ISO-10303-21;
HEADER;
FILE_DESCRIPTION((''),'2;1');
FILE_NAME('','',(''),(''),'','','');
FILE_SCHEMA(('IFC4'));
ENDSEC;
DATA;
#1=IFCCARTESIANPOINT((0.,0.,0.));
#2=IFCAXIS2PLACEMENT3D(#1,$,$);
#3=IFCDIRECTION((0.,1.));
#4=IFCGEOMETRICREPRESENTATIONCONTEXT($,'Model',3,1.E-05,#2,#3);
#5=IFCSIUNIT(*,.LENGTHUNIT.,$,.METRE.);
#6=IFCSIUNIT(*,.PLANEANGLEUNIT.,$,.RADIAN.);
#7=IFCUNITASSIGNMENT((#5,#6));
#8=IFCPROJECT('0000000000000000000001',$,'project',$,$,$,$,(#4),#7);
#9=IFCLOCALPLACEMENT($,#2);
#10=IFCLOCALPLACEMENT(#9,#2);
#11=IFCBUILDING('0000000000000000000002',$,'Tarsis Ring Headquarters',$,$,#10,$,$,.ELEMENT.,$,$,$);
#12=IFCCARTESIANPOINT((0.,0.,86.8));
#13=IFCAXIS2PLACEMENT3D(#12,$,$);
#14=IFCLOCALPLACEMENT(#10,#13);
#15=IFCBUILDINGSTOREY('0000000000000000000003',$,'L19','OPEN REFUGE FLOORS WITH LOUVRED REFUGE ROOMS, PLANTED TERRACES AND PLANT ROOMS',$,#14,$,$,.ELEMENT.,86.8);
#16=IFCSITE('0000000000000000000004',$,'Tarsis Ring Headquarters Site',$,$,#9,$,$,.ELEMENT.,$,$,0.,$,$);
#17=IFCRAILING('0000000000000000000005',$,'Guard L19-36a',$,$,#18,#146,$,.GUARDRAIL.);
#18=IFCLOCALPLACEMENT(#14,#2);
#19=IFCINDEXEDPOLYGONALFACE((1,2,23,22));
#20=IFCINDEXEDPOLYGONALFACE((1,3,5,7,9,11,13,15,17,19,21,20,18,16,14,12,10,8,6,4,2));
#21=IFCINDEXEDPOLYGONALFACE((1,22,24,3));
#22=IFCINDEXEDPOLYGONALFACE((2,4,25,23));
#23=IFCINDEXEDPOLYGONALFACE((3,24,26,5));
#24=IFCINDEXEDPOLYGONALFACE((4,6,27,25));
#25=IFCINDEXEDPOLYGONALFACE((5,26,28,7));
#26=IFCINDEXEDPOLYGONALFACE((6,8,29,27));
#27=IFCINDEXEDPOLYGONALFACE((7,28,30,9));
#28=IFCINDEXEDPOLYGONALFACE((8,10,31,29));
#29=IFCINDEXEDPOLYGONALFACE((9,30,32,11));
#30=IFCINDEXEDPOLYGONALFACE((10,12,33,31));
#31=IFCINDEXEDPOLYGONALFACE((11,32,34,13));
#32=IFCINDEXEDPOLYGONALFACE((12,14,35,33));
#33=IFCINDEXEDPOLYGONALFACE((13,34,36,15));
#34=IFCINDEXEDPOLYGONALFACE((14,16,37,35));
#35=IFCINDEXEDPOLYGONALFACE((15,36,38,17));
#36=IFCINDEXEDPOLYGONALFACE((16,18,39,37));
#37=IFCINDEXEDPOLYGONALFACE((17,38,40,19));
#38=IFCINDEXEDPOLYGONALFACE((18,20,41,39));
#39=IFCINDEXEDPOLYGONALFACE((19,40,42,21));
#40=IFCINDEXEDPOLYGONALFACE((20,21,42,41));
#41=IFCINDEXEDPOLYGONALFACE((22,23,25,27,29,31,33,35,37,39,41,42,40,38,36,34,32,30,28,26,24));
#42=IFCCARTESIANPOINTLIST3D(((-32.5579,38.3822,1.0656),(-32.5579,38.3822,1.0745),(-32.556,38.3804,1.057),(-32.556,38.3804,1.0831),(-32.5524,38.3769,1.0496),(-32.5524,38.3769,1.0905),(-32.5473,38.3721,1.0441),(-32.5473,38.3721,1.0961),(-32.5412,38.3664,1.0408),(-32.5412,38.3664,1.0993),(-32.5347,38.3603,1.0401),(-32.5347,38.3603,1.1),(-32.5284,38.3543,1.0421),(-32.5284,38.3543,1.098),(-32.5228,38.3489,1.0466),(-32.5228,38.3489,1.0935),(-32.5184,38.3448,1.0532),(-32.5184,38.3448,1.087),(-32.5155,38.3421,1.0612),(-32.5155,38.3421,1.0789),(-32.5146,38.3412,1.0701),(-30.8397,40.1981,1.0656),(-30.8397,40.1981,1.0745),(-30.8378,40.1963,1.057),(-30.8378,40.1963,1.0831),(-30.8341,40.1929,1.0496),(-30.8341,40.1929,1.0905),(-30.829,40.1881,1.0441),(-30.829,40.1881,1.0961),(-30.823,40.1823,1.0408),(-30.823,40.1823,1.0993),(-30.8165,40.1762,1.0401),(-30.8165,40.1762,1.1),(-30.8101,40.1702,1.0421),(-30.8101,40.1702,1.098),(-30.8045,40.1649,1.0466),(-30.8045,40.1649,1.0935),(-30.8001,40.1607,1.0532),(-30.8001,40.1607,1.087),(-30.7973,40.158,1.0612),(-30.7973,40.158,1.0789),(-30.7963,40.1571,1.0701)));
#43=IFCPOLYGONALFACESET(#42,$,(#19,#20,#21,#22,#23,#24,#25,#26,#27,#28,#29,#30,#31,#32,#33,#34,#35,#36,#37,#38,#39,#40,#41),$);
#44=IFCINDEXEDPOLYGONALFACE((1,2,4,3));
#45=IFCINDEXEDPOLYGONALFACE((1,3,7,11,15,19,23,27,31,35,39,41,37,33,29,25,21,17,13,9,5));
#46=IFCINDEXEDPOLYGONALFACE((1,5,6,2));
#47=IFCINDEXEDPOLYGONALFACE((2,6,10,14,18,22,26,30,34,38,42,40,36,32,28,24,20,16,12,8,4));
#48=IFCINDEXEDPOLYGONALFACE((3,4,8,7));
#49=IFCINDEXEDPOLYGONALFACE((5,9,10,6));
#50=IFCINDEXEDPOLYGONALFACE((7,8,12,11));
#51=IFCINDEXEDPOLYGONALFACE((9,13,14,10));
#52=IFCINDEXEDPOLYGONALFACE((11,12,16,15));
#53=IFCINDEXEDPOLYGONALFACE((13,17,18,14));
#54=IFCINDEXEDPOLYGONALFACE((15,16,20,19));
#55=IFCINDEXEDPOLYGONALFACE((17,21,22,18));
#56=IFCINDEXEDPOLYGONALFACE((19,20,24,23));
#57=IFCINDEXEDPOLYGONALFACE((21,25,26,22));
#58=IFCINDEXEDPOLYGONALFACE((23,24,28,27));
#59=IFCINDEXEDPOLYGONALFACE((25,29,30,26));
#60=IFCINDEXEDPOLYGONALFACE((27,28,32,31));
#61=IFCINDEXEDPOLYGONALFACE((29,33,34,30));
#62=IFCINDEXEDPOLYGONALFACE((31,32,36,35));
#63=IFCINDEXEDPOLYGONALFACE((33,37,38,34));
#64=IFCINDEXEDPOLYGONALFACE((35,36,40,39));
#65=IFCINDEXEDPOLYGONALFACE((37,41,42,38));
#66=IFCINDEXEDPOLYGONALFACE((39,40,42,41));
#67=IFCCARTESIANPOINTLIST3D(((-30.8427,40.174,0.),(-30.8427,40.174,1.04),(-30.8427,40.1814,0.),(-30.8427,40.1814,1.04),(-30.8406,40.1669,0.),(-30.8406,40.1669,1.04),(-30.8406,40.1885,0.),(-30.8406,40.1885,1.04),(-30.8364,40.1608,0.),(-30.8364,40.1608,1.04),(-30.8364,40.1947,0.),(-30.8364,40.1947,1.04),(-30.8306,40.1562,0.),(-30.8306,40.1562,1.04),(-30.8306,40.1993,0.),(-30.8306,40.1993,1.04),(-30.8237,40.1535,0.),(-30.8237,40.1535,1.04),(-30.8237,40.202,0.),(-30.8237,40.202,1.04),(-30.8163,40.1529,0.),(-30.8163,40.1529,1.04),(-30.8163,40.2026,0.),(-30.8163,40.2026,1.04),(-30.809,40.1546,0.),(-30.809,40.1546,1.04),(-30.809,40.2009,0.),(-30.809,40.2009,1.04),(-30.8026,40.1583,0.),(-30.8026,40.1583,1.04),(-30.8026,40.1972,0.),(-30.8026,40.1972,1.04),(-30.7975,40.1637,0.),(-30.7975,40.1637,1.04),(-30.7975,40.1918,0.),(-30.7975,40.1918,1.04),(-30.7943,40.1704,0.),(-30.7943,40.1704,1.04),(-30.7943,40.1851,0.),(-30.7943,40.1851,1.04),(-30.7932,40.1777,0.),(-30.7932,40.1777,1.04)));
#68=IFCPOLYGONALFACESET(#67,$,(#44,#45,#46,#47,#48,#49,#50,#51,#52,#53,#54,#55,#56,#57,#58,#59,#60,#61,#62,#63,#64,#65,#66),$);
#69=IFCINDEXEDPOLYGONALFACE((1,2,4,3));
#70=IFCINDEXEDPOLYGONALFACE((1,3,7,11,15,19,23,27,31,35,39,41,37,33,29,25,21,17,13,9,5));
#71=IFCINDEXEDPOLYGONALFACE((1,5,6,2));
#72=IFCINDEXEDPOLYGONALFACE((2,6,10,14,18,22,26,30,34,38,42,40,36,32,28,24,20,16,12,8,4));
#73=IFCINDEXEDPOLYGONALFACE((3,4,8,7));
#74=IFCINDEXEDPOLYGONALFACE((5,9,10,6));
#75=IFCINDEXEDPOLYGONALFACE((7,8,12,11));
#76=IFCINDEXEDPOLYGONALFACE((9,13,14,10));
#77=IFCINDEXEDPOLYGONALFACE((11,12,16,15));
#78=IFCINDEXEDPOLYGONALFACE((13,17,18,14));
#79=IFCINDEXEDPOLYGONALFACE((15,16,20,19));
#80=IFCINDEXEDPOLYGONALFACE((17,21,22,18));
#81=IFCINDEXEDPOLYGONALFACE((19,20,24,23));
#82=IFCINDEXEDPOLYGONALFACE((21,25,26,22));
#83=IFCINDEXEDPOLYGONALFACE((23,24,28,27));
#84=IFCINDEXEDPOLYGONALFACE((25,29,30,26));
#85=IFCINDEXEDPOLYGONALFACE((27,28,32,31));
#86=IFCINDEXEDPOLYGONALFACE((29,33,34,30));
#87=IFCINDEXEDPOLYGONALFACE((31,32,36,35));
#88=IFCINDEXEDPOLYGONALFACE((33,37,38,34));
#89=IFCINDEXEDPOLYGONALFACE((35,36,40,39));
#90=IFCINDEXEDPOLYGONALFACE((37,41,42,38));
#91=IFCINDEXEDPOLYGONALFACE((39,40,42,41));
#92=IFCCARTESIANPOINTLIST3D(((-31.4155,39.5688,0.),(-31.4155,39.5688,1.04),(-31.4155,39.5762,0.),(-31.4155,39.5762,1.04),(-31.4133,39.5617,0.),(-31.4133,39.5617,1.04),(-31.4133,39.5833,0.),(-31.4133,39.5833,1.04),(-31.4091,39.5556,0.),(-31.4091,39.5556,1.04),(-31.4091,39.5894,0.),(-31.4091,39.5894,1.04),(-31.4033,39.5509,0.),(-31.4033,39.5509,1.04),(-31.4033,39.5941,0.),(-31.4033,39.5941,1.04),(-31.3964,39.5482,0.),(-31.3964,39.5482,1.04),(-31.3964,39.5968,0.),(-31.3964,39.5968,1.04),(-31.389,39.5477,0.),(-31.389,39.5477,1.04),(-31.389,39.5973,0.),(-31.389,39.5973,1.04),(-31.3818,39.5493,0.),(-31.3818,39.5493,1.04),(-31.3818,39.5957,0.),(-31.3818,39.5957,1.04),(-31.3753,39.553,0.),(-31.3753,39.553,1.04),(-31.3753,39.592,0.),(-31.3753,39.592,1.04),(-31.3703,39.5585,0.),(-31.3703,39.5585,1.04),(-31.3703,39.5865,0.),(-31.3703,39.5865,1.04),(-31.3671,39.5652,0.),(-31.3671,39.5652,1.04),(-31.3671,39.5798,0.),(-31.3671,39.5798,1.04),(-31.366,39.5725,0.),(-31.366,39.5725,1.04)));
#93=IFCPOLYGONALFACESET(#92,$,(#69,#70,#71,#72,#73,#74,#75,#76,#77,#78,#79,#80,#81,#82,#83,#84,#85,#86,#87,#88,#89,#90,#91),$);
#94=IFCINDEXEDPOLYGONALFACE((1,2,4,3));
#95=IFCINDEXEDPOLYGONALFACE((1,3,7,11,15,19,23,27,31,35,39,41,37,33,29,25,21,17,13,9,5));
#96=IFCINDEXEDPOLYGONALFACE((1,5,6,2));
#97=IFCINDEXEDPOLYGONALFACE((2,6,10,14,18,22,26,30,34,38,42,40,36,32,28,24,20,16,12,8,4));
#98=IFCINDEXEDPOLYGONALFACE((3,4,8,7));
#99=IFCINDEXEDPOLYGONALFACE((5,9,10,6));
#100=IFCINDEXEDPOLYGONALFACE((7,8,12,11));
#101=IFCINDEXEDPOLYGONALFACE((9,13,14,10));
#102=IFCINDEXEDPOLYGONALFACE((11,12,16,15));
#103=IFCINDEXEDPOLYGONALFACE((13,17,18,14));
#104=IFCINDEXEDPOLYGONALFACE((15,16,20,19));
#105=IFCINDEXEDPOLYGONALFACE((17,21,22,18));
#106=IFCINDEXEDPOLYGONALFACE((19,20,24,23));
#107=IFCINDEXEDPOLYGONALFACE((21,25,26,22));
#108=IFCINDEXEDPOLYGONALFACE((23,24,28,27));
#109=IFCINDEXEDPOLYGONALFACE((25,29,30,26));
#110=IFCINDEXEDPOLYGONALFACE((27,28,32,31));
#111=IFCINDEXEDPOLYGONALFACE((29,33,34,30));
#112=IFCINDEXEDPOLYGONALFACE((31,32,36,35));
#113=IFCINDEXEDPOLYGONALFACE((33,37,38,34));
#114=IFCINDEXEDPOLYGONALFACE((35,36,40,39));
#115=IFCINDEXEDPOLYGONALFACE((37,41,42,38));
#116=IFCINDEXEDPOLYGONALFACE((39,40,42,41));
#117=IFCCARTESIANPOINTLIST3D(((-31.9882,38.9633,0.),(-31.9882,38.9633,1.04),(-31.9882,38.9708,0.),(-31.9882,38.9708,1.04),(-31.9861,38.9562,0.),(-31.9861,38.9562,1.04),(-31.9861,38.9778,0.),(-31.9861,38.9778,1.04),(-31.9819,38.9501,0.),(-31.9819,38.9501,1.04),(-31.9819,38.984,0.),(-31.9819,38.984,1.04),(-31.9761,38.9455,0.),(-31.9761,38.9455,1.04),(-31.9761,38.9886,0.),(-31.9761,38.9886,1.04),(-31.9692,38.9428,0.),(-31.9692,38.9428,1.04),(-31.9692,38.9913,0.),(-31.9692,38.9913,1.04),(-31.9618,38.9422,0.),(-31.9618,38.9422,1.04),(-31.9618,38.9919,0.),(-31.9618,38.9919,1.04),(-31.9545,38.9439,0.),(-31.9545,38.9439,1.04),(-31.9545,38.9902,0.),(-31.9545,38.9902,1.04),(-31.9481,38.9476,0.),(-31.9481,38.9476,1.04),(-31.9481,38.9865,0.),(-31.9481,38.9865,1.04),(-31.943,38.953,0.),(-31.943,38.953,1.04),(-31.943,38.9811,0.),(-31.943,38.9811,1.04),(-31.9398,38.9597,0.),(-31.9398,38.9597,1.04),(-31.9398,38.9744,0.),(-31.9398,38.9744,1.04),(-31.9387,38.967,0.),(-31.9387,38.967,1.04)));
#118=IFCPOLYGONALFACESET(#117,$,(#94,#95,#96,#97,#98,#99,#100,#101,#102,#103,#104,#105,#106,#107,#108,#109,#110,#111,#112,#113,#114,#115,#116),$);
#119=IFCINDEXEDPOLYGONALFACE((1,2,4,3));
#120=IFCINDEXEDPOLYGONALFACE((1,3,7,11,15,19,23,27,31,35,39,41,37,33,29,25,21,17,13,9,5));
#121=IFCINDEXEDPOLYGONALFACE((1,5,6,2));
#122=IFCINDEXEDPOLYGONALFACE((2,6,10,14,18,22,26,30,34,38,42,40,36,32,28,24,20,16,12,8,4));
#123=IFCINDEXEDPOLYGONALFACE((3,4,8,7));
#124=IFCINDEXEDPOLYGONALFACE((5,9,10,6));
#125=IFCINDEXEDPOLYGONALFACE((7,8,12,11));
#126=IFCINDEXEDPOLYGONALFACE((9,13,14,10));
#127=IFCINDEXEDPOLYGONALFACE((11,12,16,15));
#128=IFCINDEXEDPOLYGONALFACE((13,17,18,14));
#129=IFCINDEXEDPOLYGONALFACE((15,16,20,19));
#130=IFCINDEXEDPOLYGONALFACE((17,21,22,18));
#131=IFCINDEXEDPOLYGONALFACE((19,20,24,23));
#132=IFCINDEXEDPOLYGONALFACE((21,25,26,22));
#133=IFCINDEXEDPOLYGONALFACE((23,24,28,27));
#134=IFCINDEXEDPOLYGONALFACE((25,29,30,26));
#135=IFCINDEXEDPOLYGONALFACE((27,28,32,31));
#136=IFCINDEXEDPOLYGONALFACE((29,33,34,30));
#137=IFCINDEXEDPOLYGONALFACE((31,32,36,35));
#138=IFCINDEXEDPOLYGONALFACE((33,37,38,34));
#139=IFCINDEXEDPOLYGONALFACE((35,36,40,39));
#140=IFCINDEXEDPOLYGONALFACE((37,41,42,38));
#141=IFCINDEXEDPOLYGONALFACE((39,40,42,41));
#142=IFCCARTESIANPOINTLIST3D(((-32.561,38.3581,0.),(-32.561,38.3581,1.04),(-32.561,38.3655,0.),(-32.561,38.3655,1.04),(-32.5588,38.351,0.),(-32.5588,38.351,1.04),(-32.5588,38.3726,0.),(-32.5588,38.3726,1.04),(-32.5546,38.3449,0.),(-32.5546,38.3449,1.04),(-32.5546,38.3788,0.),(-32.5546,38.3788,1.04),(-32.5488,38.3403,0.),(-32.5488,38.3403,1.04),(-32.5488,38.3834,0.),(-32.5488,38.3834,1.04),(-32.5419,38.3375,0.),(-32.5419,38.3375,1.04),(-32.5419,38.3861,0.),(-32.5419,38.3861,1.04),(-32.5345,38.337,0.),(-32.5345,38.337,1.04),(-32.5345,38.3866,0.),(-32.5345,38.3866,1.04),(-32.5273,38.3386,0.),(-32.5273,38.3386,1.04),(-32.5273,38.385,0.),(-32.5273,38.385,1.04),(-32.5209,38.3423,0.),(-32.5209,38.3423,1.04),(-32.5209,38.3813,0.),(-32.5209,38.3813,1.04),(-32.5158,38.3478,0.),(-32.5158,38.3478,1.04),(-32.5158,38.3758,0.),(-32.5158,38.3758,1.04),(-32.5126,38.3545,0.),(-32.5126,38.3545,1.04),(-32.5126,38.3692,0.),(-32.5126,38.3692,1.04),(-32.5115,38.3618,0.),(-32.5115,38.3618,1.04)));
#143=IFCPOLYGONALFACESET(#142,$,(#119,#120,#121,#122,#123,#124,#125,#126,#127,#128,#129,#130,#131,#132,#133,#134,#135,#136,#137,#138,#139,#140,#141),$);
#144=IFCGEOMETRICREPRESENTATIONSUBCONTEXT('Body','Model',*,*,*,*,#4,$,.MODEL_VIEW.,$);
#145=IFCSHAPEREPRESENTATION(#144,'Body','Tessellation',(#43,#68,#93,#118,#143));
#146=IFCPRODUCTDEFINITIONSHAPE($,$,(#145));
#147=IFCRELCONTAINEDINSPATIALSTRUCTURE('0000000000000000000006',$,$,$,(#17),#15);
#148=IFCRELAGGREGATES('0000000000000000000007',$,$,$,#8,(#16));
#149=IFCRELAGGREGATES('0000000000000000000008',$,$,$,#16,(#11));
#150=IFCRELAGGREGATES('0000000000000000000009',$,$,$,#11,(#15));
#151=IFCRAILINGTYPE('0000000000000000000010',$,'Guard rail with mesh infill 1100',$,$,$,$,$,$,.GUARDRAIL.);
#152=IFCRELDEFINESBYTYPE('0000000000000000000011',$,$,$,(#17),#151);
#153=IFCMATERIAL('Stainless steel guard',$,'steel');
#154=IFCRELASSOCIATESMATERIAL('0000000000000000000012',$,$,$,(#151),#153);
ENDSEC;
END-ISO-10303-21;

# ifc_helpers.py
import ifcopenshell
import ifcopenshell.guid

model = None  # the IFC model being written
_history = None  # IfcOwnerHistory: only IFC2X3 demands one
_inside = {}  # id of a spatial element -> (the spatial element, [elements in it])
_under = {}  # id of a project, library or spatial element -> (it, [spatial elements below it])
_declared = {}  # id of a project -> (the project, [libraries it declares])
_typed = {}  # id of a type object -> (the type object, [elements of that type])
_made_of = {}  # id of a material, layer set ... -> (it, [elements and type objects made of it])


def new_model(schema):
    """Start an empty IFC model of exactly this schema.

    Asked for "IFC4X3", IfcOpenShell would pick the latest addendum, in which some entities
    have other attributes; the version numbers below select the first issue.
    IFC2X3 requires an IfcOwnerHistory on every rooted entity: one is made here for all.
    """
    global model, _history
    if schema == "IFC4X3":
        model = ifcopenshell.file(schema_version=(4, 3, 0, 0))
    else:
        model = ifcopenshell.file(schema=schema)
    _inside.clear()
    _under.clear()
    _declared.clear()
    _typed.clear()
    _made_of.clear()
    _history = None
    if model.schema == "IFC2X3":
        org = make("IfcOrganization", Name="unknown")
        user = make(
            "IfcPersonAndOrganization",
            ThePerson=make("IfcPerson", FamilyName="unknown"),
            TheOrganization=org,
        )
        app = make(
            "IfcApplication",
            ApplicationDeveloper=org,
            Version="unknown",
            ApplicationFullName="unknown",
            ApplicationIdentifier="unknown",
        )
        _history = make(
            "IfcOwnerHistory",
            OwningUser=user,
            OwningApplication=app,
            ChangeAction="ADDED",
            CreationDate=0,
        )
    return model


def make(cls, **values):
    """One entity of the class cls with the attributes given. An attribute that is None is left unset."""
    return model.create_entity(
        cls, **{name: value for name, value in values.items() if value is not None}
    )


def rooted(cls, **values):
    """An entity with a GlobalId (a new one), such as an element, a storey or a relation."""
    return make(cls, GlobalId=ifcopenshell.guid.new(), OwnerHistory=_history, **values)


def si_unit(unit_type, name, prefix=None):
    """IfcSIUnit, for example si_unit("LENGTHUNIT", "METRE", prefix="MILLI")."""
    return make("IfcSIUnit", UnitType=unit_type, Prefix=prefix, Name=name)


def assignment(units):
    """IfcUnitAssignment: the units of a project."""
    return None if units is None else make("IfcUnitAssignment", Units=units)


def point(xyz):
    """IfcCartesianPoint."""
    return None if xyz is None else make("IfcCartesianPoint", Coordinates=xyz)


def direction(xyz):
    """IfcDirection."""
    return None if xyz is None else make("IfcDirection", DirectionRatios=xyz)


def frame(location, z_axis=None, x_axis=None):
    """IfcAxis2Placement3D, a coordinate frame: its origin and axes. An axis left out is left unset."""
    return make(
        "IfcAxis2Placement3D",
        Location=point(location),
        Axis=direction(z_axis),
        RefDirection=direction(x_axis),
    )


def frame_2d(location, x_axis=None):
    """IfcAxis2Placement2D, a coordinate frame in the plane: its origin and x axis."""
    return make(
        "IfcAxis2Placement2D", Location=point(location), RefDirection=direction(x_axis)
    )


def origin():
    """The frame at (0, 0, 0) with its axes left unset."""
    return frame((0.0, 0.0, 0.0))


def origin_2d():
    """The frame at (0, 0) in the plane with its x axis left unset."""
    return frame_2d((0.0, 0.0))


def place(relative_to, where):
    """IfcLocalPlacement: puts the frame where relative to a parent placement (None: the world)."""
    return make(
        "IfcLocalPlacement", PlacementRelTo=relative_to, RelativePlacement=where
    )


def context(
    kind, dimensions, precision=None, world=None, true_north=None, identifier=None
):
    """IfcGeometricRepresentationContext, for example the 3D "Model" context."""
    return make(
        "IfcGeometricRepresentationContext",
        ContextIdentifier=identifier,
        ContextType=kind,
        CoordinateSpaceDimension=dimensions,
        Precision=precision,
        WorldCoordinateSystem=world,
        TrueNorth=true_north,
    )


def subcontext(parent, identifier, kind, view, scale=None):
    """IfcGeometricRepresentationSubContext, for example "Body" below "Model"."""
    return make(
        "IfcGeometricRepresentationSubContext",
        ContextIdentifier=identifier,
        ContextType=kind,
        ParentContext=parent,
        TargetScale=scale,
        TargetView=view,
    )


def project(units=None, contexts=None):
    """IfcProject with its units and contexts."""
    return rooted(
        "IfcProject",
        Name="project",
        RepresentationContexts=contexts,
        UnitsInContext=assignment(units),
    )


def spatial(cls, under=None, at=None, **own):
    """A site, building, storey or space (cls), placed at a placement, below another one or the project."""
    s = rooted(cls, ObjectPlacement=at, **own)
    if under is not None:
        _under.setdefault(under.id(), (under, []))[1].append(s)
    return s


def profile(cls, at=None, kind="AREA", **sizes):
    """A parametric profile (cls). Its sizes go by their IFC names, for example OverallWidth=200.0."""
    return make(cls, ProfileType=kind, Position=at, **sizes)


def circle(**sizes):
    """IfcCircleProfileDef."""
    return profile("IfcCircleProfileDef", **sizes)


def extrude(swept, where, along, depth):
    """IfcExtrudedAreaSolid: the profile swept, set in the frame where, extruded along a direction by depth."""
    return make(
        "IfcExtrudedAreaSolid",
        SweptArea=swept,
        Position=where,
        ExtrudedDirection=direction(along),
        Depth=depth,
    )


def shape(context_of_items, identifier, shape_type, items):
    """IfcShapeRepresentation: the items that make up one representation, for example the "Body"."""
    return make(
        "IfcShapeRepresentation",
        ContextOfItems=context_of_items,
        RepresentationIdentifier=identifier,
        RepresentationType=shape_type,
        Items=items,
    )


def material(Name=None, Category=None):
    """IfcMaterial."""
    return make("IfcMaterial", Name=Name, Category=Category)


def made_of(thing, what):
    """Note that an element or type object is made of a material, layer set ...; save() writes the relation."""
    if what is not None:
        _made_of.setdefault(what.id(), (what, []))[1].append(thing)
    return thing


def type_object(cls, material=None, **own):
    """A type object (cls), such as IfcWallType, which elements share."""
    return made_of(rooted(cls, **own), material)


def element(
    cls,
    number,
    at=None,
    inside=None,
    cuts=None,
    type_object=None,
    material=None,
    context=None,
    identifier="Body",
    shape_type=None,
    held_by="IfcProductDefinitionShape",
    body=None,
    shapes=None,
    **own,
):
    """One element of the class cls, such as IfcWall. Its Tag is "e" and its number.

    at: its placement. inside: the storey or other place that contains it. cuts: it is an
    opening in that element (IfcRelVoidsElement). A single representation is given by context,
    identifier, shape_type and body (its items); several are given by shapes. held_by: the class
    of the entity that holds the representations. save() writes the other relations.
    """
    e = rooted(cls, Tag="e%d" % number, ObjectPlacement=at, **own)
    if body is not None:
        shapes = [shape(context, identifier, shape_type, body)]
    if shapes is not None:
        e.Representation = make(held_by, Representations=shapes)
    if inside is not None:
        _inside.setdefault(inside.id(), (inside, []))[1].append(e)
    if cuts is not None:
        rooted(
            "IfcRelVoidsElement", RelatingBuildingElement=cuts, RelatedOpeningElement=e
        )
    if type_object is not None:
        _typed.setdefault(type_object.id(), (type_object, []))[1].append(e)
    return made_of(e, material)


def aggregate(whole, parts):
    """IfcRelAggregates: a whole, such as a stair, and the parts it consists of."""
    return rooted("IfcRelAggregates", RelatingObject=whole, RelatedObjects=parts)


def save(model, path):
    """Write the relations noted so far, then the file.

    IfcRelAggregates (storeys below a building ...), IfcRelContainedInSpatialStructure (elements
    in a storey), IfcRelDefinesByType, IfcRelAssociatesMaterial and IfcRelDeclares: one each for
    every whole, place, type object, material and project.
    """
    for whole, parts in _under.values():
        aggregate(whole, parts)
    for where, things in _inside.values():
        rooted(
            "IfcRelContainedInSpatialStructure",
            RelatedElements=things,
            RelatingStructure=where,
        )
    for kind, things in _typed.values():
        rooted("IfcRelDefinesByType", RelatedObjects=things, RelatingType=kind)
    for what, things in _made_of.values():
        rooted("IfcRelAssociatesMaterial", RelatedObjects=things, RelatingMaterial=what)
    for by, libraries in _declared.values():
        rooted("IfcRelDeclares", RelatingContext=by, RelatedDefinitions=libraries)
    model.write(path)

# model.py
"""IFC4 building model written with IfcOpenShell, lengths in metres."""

from ifc_helpers import new_model, si_unit, direction, frame, origin, origin_2d, place, context, subcontext, project, spatial, circle, extrude, material, type_object, element, save


model = new_model("IFC4")

# Units and contexts
model_context = context("Model", 3, precision=1e-05, world=origin(), true_north=direction((0.0, 1.0)))
body_context = subcontext(model_context, "Body", "Model", "MODEL_VIEW")
ifc_project = project(units=[si_unit("LENGTHUNIT", "METRE"), si_unit("PLANEANGLEUNIT", "RADIAN")], contexts=[model_context])

# Site, building, storey
site_placement = place(None, origin())
site = spatial("IfcSite", under=ifc_project, at=site_placement, Name="Tarsis Ring Headquarters Site", CompositionType="ELEMENT", RefElevation=0.0)
building_placement = place(site_placement, origin())
building = spatial("IfcBuilding", under=site, at=building_placement, Name="Tarsis Ring Headquarters", CompositionType="ELEMENT")
storey_placement = place(building_placement, frame((0.0, 0.0, 86.8)))
storey = spatial("IfcBuildingStorey", under=building, at=storey_placement, Name="L19", Description="OPEN REFUGE FLOORS WITH LOUVRED REFUGE ROOMS, PLANTED TERRACES AND PLANT ROOMS", CompositionType="ELEMENT", Elevation=86.8)

# Railing
ifc_material_1 = material(Name="Stainless steel guard", Category="steel")
railing_type_1 = type_object("IfcRailingType", Name="Guard rail with mesh infill 1100", PredefinedType="GUARDRAIL", material=ifc_material_1)
for number, where, name in (
    (1, (-30.8181, 40.1777, 0.0), "Guard L19-36a"),
):
    element("IfcRailing", number, at=place(storey_placement, frame(where)), inside=storey, type_object=railing_type_1, Name=name, PredefinedType="GUARDRAIL", context=body_context, shape_type="SweptSolid", body=[
        extrude(circle(Radius=0.03, at=origin_2d()), frame((0.0, 0.0, 1.0701), z_axis=(-0.687306, -0.726368, 0.0), x_axis=(0.726368, -0.687306, 0.0)), (0.0, 0.0, 1.0), 2.5),
        extrude(circle(Radius=0.0249, at=origin_2d()), origin(), (0.0, 0.0, 1.0), 1.04),
        extrude(circle(Radius=0.0249, at=origin_2d()), frame((-0.5728, -0.6052, 0.0)), (0.0, 0.0, 1.0), 1.04),
        extrude(circle(Radius=0.0249, at=origin_2d()), frame((-1.1455, -1.2107, 0.0)), (0.0, 0.0, 1.0), 1.04),
        extrude(circle(Radius=0.0249, at=origin_2d()), frame((-1.7183, -1.8159, 0.0)), (0.0, 0.0, 1.0), 1.04),
    ])

save(model, "model.ifc")
